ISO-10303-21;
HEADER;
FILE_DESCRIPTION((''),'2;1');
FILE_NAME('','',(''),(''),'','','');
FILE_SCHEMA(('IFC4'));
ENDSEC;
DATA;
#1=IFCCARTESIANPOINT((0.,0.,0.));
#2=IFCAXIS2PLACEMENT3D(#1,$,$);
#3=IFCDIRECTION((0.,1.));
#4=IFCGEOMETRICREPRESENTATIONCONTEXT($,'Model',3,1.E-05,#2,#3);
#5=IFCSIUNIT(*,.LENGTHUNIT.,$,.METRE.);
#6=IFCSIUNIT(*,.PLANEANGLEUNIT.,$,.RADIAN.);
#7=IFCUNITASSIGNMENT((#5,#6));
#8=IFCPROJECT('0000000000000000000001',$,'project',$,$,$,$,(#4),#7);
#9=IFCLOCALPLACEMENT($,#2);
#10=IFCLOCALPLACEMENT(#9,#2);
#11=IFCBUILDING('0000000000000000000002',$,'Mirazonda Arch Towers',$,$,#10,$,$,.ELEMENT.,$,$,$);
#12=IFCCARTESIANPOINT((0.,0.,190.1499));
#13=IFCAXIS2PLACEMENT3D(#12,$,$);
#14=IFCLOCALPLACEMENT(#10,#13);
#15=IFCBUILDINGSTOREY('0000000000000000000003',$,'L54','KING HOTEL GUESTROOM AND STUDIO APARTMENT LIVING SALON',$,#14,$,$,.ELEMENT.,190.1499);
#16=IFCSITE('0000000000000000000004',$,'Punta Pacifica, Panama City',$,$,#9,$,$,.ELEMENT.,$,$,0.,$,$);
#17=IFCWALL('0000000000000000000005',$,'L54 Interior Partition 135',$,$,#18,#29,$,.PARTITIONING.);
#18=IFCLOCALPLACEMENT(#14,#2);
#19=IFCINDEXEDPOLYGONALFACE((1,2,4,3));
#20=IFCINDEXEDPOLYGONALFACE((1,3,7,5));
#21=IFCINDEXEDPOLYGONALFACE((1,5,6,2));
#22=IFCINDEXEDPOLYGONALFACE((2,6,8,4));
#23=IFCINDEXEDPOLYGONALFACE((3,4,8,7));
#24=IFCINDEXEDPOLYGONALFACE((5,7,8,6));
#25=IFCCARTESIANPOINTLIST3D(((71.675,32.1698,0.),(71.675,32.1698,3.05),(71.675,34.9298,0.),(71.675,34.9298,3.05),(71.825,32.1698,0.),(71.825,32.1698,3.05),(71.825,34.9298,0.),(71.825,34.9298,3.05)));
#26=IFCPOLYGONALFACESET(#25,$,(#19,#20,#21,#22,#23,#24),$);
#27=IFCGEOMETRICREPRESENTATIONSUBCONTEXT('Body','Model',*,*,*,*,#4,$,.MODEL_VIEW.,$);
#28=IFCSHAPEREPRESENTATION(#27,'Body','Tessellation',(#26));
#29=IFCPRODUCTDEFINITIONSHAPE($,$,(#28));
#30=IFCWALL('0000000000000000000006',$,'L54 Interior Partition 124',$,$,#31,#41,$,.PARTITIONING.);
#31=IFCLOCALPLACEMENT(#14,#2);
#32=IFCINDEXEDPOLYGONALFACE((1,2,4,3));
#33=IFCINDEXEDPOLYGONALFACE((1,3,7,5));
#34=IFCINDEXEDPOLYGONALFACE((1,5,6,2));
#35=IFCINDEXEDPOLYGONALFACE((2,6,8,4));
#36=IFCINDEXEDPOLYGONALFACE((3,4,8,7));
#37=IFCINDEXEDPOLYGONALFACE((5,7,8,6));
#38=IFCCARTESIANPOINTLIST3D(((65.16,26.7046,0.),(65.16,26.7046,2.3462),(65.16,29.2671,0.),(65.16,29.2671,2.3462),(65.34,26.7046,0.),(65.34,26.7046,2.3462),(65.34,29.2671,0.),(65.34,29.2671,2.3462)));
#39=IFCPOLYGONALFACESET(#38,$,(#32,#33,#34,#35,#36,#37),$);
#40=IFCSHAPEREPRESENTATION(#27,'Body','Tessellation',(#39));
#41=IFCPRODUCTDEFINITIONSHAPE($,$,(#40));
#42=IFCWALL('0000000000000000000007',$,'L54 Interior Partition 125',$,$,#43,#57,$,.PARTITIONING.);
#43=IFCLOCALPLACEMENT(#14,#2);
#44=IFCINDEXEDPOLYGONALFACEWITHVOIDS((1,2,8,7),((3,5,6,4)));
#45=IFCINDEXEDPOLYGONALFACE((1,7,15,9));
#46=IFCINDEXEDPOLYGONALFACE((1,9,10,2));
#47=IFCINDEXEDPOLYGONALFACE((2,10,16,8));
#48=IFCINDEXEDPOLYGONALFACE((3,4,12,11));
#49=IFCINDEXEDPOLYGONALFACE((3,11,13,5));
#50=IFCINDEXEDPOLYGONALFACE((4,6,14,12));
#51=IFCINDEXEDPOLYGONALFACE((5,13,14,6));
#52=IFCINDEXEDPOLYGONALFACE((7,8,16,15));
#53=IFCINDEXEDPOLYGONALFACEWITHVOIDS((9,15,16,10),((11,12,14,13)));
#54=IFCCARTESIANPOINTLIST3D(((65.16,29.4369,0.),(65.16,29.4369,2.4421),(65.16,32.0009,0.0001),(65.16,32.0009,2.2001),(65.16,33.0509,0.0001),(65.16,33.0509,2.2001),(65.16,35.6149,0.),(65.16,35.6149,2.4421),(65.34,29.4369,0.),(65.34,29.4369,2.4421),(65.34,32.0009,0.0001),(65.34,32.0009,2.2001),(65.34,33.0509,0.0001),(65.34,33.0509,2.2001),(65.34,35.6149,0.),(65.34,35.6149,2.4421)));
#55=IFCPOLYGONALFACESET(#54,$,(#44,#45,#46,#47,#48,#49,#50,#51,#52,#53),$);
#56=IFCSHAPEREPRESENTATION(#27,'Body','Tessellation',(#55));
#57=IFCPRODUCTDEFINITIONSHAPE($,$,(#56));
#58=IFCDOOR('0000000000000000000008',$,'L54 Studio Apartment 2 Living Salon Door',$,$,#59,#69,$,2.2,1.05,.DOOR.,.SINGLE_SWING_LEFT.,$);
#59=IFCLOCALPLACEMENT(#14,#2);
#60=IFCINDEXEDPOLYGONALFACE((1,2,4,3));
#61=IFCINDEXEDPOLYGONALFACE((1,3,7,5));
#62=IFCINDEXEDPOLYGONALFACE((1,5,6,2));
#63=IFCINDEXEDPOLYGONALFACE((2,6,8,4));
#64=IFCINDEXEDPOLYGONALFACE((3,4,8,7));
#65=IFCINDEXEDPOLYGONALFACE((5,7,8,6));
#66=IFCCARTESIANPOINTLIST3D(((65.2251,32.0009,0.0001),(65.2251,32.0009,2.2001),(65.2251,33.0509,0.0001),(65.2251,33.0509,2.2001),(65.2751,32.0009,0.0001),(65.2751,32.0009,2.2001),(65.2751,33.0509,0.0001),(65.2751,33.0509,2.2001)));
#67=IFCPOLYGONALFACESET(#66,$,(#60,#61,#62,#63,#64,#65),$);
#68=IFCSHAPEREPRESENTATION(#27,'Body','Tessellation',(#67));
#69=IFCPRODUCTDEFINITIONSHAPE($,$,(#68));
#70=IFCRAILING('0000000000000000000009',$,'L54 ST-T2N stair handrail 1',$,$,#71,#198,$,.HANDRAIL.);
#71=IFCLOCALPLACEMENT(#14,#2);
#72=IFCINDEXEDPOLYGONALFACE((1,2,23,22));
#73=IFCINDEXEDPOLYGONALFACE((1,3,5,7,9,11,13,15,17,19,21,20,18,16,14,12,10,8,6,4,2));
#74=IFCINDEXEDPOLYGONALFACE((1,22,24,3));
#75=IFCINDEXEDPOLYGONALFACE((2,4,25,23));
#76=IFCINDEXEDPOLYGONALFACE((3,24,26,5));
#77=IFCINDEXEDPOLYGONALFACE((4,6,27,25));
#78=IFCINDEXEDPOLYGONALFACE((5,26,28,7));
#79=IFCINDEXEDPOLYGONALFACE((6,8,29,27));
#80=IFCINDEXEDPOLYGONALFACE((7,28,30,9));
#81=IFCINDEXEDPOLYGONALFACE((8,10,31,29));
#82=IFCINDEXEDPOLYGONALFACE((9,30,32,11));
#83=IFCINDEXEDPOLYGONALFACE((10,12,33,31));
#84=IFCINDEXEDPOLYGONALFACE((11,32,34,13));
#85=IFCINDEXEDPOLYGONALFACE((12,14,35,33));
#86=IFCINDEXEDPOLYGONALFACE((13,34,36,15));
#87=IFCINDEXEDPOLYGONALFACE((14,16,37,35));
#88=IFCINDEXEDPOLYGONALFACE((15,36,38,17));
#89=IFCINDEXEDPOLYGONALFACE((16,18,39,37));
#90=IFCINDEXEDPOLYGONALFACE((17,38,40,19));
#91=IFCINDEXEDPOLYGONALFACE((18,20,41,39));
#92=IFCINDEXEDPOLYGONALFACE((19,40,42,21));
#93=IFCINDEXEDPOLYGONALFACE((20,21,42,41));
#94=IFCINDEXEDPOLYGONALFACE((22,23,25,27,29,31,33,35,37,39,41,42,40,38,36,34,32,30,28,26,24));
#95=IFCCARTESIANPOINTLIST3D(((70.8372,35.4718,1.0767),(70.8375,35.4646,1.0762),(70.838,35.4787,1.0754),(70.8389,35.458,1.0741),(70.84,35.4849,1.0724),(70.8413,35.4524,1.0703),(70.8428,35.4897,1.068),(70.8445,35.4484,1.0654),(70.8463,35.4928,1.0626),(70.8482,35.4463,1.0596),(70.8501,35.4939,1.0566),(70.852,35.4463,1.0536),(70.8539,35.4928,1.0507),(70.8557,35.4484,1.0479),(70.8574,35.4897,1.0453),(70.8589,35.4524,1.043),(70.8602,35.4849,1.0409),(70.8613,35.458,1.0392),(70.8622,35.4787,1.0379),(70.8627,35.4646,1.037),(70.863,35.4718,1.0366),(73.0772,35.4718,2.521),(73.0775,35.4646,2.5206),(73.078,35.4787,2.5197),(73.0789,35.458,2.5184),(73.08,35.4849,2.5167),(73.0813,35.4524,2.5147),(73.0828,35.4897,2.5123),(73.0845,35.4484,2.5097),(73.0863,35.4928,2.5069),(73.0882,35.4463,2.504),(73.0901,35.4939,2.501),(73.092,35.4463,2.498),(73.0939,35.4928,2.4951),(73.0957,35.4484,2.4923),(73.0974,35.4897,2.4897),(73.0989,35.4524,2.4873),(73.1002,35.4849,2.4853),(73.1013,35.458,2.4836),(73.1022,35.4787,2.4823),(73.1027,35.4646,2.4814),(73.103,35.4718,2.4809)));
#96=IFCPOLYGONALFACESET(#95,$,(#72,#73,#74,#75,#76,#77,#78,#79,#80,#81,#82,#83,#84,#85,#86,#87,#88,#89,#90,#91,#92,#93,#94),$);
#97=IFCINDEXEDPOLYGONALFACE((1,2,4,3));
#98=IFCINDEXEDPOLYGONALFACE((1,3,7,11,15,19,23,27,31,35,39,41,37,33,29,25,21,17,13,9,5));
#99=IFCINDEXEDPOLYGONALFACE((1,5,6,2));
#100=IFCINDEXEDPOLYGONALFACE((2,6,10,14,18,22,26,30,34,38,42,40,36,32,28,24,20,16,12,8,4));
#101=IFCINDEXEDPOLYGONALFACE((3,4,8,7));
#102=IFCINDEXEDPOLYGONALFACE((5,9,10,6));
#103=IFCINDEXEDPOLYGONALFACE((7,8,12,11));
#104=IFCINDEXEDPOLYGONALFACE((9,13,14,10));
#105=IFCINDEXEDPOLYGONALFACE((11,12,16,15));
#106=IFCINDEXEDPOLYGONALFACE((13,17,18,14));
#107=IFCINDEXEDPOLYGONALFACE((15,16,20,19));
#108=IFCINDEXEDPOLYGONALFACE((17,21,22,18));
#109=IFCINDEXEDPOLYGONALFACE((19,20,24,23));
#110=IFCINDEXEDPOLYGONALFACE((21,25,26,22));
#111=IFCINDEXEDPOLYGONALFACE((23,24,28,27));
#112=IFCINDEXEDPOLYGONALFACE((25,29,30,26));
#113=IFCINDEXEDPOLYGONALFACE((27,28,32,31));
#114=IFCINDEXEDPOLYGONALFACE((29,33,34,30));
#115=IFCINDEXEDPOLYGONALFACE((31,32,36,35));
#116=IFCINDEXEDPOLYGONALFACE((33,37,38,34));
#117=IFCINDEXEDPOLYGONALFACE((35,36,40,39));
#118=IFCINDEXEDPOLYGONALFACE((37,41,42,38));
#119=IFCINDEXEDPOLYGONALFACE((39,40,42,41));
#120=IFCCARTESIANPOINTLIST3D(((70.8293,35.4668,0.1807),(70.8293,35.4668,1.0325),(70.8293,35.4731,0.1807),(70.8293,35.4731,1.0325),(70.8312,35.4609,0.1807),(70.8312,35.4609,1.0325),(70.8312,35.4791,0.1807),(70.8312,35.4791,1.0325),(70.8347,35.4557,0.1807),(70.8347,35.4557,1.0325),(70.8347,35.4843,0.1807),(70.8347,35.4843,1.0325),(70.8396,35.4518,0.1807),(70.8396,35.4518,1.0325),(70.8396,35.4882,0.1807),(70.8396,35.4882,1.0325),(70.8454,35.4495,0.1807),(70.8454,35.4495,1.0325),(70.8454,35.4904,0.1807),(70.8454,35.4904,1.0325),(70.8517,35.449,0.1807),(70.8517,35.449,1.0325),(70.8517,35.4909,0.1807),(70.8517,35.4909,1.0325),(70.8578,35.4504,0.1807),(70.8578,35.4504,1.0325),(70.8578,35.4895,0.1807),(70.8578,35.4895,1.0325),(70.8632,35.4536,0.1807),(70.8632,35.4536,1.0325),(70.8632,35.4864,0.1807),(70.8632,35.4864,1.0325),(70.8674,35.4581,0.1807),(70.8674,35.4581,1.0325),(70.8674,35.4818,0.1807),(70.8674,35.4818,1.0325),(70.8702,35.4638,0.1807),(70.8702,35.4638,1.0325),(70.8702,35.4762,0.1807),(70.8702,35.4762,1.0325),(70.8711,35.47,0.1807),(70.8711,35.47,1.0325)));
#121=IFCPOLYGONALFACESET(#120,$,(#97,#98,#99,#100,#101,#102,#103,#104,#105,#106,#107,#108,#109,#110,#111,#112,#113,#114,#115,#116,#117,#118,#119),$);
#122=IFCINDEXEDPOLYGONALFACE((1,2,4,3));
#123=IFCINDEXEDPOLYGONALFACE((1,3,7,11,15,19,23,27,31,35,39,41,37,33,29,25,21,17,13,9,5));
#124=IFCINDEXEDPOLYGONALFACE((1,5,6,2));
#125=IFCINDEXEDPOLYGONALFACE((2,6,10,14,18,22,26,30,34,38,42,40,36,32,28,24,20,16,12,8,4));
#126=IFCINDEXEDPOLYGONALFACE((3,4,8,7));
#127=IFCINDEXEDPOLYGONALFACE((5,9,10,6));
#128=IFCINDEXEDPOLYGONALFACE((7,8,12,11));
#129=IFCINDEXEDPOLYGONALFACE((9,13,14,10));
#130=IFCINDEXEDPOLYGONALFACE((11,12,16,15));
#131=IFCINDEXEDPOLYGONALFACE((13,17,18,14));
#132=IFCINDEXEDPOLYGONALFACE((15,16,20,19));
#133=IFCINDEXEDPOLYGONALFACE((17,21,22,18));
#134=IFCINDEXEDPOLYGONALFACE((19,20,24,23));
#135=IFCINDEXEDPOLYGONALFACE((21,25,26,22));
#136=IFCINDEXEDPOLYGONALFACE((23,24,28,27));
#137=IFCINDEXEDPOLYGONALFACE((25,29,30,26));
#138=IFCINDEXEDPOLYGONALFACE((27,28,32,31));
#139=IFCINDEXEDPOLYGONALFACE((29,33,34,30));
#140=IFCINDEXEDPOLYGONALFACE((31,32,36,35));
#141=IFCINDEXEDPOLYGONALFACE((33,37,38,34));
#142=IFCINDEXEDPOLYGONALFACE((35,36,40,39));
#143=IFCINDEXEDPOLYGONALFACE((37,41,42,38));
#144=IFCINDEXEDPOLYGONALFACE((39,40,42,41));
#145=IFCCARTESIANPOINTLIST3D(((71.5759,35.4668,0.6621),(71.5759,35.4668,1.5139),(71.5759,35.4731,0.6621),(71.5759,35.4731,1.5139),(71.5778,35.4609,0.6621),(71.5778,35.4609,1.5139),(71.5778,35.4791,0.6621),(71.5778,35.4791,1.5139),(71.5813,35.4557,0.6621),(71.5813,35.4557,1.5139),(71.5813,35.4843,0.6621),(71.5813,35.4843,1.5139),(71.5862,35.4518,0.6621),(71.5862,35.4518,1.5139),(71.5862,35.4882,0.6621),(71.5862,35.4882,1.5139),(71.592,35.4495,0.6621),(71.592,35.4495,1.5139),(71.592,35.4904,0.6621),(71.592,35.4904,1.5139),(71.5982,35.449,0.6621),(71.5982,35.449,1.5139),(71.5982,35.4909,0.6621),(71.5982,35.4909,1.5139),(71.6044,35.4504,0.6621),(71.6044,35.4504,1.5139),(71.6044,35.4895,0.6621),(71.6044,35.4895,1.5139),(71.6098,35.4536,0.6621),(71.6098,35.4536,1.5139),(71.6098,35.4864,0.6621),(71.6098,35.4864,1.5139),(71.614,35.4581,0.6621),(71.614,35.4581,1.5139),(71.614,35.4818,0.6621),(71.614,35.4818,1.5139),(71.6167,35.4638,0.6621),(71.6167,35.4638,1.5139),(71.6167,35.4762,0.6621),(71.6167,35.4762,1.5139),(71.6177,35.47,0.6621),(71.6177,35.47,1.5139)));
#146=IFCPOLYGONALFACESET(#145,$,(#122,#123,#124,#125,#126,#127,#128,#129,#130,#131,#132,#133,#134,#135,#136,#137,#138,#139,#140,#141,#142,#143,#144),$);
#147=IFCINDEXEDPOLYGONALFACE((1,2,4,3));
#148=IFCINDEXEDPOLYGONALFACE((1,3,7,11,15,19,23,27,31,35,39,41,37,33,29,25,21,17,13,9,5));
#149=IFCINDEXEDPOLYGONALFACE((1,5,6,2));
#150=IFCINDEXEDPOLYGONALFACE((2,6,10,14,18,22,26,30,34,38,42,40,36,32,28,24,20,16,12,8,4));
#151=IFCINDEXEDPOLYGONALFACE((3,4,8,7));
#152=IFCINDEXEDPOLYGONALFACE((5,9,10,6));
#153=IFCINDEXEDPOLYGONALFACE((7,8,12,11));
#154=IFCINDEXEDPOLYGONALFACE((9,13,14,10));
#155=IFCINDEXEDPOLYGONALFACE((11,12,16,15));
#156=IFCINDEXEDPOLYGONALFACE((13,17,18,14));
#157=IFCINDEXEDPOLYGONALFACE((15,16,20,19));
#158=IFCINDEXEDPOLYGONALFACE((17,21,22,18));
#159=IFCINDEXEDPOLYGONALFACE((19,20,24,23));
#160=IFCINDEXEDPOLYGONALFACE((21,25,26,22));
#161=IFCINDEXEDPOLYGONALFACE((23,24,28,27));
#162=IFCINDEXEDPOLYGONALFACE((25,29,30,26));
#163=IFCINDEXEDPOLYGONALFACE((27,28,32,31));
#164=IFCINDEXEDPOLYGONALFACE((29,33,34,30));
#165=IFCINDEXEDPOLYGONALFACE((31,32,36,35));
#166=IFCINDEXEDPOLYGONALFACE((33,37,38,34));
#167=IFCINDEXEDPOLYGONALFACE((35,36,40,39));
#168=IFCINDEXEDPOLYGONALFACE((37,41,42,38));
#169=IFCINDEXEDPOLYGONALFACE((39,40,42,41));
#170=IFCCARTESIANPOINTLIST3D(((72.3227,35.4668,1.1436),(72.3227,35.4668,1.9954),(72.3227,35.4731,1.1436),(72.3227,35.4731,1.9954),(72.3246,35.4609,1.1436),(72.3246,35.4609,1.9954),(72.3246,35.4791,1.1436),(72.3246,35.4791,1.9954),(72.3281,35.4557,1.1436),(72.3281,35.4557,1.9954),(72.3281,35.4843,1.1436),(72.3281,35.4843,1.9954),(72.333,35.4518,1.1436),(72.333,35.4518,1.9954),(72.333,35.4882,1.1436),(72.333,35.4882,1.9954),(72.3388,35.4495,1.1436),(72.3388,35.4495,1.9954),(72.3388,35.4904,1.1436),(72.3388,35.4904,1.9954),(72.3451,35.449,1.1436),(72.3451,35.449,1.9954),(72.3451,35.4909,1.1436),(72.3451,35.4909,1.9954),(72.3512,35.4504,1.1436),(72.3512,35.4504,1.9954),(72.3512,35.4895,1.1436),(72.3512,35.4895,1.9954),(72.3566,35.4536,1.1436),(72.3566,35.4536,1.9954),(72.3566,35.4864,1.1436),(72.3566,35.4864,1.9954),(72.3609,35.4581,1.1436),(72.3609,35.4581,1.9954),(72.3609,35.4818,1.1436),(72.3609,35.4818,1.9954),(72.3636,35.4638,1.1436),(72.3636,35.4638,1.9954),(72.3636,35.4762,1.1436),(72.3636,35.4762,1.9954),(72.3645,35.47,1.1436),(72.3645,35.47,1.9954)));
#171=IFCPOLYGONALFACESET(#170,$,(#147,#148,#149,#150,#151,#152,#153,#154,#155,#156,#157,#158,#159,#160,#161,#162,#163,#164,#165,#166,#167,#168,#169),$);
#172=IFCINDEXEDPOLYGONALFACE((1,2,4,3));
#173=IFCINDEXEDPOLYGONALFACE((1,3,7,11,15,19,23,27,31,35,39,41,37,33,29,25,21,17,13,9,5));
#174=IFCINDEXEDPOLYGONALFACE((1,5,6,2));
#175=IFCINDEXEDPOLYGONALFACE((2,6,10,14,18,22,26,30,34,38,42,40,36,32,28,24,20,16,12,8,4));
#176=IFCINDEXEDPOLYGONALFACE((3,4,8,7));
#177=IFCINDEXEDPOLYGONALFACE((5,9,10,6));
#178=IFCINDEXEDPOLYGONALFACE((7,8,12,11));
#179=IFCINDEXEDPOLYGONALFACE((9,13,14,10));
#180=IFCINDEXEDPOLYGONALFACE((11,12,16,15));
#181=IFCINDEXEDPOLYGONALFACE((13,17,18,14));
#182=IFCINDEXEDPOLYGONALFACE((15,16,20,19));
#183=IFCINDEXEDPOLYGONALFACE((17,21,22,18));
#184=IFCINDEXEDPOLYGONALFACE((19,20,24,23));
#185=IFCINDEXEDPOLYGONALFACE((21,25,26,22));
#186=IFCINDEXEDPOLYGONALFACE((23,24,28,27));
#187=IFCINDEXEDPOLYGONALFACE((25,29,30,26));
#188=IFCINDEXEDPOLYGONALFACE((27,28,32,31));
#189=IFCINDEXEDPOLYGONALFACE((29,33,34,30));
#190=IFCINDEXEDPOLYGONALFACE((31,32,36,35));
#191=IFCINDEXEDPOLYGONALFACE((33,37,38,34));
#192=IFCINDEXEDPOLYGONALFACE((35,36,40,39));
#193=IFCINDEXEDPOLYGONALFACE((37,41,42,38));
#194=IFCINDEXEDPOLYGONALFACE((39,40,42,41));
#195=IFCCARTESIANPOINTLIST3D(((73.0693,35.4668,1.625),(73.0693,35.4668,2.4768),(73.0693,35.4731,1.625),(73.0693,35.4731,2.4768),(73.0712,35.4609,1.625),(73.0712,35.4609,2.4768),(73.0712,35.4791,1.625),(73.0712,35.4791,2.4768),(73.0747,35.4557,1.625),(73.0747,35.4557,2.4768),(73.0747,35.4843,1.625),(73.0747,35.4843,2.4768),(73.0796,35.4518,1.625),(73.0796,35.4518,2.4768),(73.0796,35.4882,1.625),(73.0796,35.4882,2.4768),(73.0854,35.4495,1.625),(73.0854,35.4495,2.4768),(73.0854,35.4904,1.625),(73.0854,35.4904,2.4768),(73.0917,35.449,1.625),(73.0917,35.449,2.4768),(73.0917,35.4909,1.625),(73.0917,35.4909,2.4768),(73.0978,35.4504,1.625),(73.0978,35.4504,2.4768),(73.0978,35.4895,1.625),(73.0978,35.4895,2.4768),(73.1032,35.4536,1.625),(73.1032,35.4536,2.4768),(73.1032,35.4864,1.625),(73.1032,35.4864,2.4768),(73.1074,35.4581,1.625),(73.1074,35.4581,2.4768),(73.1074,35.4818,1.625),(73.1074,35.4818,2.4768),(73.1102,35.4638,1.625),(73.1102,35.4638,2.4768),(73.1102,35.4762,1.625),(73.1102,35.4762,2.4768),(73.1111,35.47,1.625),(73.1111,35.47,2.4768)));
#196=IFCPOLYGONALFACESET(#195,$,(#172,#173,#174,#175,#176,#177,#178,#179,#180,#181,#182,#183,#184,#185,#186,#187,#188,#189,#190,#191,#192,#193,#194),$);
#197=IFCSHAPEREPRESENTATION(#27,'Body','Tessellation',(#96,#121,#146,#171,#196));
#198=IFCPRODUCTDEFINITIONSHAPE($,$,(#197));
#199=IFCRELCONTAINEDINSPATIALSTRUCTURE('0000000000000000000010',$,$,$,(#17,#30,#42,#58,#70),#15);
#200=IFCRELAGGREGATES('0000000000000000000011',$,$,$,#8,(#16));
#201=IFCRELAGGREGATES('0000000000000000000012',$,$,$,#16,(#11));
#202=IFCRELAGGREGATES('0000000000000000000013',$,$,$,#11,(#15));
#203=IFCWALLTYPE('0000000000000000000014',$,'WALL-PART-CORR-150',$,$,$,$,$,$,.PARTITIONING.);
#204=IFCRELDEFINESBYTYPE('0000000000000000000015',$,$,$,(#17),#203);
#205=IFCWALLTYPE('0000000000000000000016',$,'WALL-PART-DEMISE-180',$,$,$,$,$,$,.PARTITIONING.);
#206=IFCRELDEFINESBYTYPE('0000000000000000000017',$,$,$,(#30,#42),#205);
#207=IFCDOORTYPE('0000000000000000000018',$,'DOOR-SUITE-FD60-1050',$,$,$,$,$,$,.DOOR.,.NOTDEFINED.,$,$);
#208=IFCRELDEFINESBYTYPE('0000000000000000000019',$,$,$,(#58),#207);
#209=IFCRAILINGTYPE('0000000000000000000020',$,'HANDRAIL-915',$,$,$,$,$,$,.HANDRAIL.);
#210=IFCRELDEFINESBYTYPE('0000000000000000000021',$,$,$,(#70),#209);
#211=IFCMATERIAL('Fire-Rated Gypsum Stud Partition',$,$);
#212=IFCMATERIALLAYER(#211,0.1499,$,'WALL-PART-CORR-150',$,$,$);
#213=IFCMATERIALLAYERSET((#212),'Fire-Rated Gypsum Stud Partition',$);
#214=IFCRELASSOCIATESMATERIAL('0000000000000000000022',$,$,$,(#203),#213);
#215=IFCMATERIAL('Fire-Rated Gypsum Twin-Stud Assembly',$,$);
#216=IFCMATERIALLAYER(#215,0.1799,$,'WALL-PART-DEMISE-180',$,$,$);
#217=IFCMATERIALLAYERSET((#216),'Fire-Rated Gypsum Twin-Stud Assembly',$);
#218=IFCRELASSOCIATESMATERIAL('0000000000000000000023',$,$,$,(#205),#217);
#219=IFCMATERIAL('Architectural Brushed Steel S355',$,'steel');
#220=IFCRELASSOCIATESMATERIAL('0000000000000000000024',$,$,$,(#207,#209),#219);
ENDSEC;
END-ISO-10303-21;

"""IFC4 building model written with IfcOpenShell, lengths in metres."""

from ifc_helpers import new_model, si_unit, direction, frame, frame_2d, origin, origin_2d, place, context, subcontext, project, spatial, rectangle, circle, extrude, material, layer, layer_set, type_object, element, fill, save


model = new_model("IFC4")

# Units and contexts
model_context = context("Model", 3, precision=1e-05, world=origin(), true_north=direction((0.0, 1.0)))
body_context = subcontext(model_context, "Body", "Model", "MODEL_VIEW")
ifc_project = project(units=[si_unit("LENGTHUNIT", "METRE"), si_unit("PLANEANGLEUNIT", "RADIAN")], contexts=[model_context])

# Site, building, storey
site_placement = place(None, origin())
site = spatial("IfcSite", under=ifc_project, at=site_placement, Name="Punta Pacifica, Panama City", CompositionType="ELEMENT", RefElevation=0.0)
building_placement = place(site_placement, origin())
building = spatial("IfcBuilding", under=site, at=building_placement, Name="Mirazonda Arch Towers", CompositionType="ELEMENT")
storey_placement = place(building_placement, frame((0.0, 0.0, 190.1499)))
storey = spatial("IfcBuildingStorey", under=building, at=storey_placement, Name="L54", Description="KING HOTEL GUESTROOM AND STUDIO APARTMENT LIVING SALON", CompositionType="ELEMENT", Elevation=190.1499)

# Shared definitions
ifc_material_1 = material(Name="Architectural Brushed Steel S355", Category="steel")

# Shared definitions
ifc_material_2 = material(Name="Fire-Rated Gypsum Stud Partition")
ifc_layer_1 = layer(ifc_material_2, 0.1499, Name="WALL-PART-CORR-150")
ifc_layer_set_1 = layer_set([ifc_layer_1], Name="Fire-Rated Gypsum Stud Partition")
wall_type_1 = type_object("IfcWallType", Name="WALL-PART-CORR-150", PredefinedType="PARTITIONING", material=ifc_layer_set_1)

# Walls
for number, where, z_axis, x_axis, name in (
    (1, (71.75, 32.1699, 0.0), (0.0, 0.0, 1.0), (0.0, 1.0, 0.0), "L54 Interior Partition 135"),
):
    element("IfcWall", number, at=place(storey_placement, frame(where, z_axis=z_axis, x_axis=x_axis)), inside=storey, type_object=wall_type_1, Name=name, PredefinedType="PARTITIONING", context=body_context, shape_type="SweptSolid", body=[
        extrude(rectangle(XDim=2.76, YDim=0.1499, at=frame_2d((1.3799, 0.0))), origin(), (0.0, 0.0, 1.0), 3.05),
    ])
ifc_material_3 = material(Name="Fire-Rated Gypsum Twin-Stud Assembly")
ifc_layer_2 = layer(ifc_material_3, 0.1799, Name="WALL-PART-DEMISE-180")
ifc_layer_set_2 = layer_set([ifc_layer_2], Name="Fire-Rated Gypsum Twin-Stud Assembly")
wall_type_2 = type_object("IfcWallType", Name="WALL-PART-DEMISE-180", PredefinedType="PARTITIONING", material=ifc_layer_set_2)
wall_1_placement = place(storey_placement, frame((65.25, 26.7046, 0.0), z_axis=(0.0, 0.0, 1.0), x_axis=(0.0, 1.0, 0.0)))
element("IfcWall", 2, at=wall_1_placement, inside=storey, type_object=wall_type_2, Name="L54 Interior Partition 124", PredefinedType="PARTITIONING", context=body_context, shape_type="SweptSolid", body=[
    extrude(rectangle(XDim=2.5625, YDim=0.1799, at=frame_2d((1.2812, 0.0))), origin(), (0.0, 0.0, 1.0), 2.3462),
])

# Wall, opening, door
wall_2_placement = place(storey_placement, frame((65.25, 29.437, 0.0), z_axis=(0.0, 0.0, 1.0), x_axis=(0.0, 1.0, 0.0)))
wall_2 = element("IfcWall", 3, at=wall_2_placement, inside=storey, type_object=wall_type_2, Name="L54 Interior Partition 125", PredefinedType="PARTITIONING", context=body_context, shape_type="SweptSolid", body=[
    extrude(rectangle(XDim=6.178, YDim=0.1799, at=frame_2d((3.0889, 0.0))), origin(), (0.0, 0.0, 1.0), 2.4421),
])
opening_1_placement = place(wall_2_placement, frame((2.564, 0.0, 0.0)))
opening_1 = element("IfcOpeningElement", 4, at=opening_1_placement, cuts=wall_2, PredefinedType="OPENING", context=body_context, shape_type="SweptSolid", body=[
    extrude(rectangle(XDim=1.05, YDim=2.2, at=frame_2d((0.5249, 1.1001))), frame((0.0, 0.0999, 0.0), z_axis=(0.0, -1.0, 0.0), x_axis=(1.0, 0.0, 0.0)), (0.0, 0.0, 1.0), 0.2),
])
door_type_1 = type_object("IfcDoorType", Name="DOOR-SUITE-FD60-1050", OperationType="NOTDEFINED", PredefinedType="DOOR", material=ifc_material_1)
door_1_placement = place(opening_1_placement, origin())
door_1 = element("IfcDoor", 5, at=door_1_placement, inside=storey, type_object=door_type_1, Name="L54 Studio Apartment 2 Living Salon Door", OperationType="SINGLE_SWING_LEFT", OverallHeight=2.2, OverallWidth=1.05, PredefinedType="DOOR", context=body_context, shape_type="SweptSolid", body=[
    extrude(rectangle(XDim=1.05, YDim=2.2, at=frame_2d((0.5249, 1.1001))), frame((0.0, 0.0249, 0.0), z_axis=(0.0, -1.0, 0.0), x_axis=(1.0, 0.0, 0.0)), (0.0, 0.0, 1.0), 0.05),
])
fill(opening_1, door_1)

# Railing
railing_type = type_object("IfcRailingType", Name="HANDRAIL-915", PredefinedType="HANDRAIL", material=ifc_material_1)
railing_placement = place(storey_placement, frame((70.8501, 35.47, 0.1807)))
element("IfcRailing", 6, at=railing_placement, inside=storey, type_object=railing_type, Name="L54 ST-T2N stair handrail 1", PredefinedType="HANDRAIL", context=body_context, shape_type="SweptSolid", body=[
    extrude(circle(Radius=0.0239, at=origin_2d()), frame((0.0, 0.0, 0.876), z_axis=(0.840437, 0.0, 0.54191), x_axis=(0.0, 1.0, 0.0)), (0.0, 0.0, 1.0), 2.6653),
    extrude(circle(Radius=0.021, at=origin_2d()), origin(), (0.0, 0.0, 1.0), 0.8518),
    extrude(circle(Radius=0.021, at=origin_2d()), frame((0.7466, 0.0, 0.4814)), (0.0, 0.0, 1.0), 0.8518),
    extrude(circle(Radius=0.021, at=origin_2d()), frame((1.4934, 0.0, 0.9629)), (0.0, 0.0, 1.0), 0.8518),
    extrude(circle(Radius=0.021, at=origin_2d()), frame((2.24, 0.0, 1.4443)), (0.0, 0.0, 1.0), 0.8518),
])

save(model, "model.ifc")
